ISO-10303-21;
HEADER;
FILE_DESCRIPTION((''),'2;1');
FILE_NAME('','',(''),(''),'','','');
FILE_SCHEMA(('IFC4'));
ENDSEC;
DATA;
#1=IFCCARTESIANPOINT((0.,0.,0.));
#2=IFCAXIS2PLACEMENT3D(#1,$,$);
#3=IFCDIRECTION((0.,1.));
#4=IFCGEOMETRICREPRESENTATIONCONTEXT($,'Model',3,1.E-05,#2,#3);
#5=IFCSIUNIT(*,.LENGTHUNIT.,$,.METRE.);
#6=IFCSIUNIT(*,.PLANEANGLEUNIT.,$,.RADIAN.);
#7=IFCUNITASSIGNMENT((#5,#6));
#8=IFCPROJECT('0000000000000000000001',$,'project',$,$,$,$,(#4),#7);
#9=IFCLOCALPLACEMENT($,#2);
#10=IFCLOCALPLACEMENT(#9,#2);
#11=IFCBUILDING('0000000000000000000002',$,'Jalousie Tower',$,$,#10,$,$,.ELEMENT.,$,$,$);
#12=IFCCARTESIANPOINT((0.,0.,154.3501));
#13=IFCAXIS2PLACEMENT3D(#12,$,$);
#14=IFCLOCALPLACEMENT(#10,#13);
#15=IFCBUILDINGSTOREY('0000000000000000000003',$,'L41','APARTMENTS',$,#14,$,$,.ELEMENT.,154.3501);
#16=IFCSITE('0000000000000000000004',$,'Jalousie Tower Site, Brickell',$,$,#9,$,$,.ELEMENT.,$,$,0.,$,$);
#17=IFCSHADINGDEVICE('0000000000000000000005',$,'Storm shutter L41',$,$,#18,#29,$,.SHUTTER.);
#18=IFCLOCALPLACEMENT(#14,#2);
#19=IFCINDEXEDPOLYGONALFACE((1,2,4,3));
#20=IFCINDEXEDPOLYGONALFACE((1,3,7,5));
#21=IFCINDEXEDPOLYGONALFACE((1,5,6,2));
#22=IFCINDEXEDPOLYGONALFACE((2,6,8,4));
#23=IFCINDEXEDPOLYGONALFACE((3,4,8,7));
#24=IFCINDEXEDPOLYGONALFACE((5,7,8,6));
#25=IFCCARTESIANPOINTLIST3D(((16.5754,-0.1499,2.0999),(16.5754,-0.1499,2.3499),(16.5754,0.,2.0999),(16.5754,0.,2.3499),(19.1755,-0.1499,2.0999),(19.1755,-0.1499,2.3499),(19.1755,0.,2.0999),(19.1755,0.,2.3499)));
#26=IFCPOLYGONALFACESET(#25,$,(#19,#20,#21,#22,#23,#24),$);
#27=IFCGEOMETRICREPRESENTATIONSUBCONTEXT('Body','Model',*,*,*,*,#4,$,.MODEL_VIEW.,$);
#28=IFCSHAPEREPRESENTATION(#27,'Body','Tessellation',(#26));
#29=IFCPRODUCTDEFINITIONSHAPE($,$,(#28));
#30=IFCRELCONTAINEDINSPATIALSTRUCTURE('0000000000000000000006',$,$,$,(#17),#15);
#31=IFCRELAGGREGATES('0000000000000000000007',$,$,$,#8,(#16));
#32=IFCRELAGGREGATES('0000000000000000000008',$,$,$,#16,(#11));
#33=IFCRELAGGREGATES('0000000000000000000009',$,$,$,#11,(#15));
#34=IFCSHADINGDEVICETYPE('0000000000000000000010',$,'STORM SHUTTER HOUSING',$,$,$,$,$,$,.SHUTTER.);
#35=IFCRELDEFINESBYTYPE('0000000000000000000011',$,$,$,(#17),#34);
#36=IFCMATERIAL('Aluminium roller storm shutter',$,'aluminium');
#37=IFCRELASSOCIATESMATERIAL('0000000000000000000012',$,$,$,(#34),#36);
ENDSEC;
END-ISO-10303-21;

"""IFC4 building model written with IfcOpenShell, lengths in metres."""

from ifc_helpers import new_model, si_unit, direction, frame, origin, origin_2d, place, context, subcontext, project, spatial, rectangle, extrude, material, type_object, element, save


model = new_model("IFC4")

# Units and contexts
model_context = context("Model", 3, precision=1e-05, world=origin(), true_north=direction((0.0, 1.0)))
body_context = subcontext(model_context, "Body", "Model", "MODEL_VIEW")
ifc_project = project(units=[si_unit("LENGTHUNIT", "METRE"), si_unit("PLANEANGLEUNIT", "RADIAN")], contexts=[model_context])

# Site, building, storey
site_placement = place(None, origin())
site = spatial("IfcSite", under=ifc_project, at=site_placement, Name="Jalousie Tower Site, Brickell", CompositionType="ELEMENT", RefElevation=0.0)
building_placement = place(site_placement, origin())
building = spatial("IfcBuilding", under=site, at=building_placement, Name="Jalousie Tower", CompositionType="ELEMENT")
storey_placement = place(building_placement, frame((0.0, 0.0, 154.3501)))
storey = spatial("IfcBuildingStorey", under=building, at=storey_placement, Name="L41", Description="APARTMENTS", CompositionType="ELEMENT", Elevation=154.3501)

# Shading device
ifc_material_1 = material(Name="Aluminium roller storm shutter", Category="aluminium")
shading_device_type = type_object("IfcShadingDeviceType", Name="STORM SHUTTER HOUSING", PredefinedType="SHUTTER", material=ifc_material_1)
shading_device_placement = place(storey_placement, frame((17.8755, -0.075, 2.0999), z_axis=(0.0, 0.0, 1.0), x_axis=(1.0, 0.0, 0.0)))
element("IfcShadingDevice", 1, at=shading_device_placement, inside=storey, type_object=shading_device_type, Name="Storm shutter L41", PredefinedType="SHUTTER", context=body_context, shape_type="SweptSolid", body=[
    extrude(rectangle(XDim=2.6001, YDim=0.1499, at=origin_2d()), origin(), (0.0, 0.0, 1.0), 0.25),
])

save(model, "model.ifc")
